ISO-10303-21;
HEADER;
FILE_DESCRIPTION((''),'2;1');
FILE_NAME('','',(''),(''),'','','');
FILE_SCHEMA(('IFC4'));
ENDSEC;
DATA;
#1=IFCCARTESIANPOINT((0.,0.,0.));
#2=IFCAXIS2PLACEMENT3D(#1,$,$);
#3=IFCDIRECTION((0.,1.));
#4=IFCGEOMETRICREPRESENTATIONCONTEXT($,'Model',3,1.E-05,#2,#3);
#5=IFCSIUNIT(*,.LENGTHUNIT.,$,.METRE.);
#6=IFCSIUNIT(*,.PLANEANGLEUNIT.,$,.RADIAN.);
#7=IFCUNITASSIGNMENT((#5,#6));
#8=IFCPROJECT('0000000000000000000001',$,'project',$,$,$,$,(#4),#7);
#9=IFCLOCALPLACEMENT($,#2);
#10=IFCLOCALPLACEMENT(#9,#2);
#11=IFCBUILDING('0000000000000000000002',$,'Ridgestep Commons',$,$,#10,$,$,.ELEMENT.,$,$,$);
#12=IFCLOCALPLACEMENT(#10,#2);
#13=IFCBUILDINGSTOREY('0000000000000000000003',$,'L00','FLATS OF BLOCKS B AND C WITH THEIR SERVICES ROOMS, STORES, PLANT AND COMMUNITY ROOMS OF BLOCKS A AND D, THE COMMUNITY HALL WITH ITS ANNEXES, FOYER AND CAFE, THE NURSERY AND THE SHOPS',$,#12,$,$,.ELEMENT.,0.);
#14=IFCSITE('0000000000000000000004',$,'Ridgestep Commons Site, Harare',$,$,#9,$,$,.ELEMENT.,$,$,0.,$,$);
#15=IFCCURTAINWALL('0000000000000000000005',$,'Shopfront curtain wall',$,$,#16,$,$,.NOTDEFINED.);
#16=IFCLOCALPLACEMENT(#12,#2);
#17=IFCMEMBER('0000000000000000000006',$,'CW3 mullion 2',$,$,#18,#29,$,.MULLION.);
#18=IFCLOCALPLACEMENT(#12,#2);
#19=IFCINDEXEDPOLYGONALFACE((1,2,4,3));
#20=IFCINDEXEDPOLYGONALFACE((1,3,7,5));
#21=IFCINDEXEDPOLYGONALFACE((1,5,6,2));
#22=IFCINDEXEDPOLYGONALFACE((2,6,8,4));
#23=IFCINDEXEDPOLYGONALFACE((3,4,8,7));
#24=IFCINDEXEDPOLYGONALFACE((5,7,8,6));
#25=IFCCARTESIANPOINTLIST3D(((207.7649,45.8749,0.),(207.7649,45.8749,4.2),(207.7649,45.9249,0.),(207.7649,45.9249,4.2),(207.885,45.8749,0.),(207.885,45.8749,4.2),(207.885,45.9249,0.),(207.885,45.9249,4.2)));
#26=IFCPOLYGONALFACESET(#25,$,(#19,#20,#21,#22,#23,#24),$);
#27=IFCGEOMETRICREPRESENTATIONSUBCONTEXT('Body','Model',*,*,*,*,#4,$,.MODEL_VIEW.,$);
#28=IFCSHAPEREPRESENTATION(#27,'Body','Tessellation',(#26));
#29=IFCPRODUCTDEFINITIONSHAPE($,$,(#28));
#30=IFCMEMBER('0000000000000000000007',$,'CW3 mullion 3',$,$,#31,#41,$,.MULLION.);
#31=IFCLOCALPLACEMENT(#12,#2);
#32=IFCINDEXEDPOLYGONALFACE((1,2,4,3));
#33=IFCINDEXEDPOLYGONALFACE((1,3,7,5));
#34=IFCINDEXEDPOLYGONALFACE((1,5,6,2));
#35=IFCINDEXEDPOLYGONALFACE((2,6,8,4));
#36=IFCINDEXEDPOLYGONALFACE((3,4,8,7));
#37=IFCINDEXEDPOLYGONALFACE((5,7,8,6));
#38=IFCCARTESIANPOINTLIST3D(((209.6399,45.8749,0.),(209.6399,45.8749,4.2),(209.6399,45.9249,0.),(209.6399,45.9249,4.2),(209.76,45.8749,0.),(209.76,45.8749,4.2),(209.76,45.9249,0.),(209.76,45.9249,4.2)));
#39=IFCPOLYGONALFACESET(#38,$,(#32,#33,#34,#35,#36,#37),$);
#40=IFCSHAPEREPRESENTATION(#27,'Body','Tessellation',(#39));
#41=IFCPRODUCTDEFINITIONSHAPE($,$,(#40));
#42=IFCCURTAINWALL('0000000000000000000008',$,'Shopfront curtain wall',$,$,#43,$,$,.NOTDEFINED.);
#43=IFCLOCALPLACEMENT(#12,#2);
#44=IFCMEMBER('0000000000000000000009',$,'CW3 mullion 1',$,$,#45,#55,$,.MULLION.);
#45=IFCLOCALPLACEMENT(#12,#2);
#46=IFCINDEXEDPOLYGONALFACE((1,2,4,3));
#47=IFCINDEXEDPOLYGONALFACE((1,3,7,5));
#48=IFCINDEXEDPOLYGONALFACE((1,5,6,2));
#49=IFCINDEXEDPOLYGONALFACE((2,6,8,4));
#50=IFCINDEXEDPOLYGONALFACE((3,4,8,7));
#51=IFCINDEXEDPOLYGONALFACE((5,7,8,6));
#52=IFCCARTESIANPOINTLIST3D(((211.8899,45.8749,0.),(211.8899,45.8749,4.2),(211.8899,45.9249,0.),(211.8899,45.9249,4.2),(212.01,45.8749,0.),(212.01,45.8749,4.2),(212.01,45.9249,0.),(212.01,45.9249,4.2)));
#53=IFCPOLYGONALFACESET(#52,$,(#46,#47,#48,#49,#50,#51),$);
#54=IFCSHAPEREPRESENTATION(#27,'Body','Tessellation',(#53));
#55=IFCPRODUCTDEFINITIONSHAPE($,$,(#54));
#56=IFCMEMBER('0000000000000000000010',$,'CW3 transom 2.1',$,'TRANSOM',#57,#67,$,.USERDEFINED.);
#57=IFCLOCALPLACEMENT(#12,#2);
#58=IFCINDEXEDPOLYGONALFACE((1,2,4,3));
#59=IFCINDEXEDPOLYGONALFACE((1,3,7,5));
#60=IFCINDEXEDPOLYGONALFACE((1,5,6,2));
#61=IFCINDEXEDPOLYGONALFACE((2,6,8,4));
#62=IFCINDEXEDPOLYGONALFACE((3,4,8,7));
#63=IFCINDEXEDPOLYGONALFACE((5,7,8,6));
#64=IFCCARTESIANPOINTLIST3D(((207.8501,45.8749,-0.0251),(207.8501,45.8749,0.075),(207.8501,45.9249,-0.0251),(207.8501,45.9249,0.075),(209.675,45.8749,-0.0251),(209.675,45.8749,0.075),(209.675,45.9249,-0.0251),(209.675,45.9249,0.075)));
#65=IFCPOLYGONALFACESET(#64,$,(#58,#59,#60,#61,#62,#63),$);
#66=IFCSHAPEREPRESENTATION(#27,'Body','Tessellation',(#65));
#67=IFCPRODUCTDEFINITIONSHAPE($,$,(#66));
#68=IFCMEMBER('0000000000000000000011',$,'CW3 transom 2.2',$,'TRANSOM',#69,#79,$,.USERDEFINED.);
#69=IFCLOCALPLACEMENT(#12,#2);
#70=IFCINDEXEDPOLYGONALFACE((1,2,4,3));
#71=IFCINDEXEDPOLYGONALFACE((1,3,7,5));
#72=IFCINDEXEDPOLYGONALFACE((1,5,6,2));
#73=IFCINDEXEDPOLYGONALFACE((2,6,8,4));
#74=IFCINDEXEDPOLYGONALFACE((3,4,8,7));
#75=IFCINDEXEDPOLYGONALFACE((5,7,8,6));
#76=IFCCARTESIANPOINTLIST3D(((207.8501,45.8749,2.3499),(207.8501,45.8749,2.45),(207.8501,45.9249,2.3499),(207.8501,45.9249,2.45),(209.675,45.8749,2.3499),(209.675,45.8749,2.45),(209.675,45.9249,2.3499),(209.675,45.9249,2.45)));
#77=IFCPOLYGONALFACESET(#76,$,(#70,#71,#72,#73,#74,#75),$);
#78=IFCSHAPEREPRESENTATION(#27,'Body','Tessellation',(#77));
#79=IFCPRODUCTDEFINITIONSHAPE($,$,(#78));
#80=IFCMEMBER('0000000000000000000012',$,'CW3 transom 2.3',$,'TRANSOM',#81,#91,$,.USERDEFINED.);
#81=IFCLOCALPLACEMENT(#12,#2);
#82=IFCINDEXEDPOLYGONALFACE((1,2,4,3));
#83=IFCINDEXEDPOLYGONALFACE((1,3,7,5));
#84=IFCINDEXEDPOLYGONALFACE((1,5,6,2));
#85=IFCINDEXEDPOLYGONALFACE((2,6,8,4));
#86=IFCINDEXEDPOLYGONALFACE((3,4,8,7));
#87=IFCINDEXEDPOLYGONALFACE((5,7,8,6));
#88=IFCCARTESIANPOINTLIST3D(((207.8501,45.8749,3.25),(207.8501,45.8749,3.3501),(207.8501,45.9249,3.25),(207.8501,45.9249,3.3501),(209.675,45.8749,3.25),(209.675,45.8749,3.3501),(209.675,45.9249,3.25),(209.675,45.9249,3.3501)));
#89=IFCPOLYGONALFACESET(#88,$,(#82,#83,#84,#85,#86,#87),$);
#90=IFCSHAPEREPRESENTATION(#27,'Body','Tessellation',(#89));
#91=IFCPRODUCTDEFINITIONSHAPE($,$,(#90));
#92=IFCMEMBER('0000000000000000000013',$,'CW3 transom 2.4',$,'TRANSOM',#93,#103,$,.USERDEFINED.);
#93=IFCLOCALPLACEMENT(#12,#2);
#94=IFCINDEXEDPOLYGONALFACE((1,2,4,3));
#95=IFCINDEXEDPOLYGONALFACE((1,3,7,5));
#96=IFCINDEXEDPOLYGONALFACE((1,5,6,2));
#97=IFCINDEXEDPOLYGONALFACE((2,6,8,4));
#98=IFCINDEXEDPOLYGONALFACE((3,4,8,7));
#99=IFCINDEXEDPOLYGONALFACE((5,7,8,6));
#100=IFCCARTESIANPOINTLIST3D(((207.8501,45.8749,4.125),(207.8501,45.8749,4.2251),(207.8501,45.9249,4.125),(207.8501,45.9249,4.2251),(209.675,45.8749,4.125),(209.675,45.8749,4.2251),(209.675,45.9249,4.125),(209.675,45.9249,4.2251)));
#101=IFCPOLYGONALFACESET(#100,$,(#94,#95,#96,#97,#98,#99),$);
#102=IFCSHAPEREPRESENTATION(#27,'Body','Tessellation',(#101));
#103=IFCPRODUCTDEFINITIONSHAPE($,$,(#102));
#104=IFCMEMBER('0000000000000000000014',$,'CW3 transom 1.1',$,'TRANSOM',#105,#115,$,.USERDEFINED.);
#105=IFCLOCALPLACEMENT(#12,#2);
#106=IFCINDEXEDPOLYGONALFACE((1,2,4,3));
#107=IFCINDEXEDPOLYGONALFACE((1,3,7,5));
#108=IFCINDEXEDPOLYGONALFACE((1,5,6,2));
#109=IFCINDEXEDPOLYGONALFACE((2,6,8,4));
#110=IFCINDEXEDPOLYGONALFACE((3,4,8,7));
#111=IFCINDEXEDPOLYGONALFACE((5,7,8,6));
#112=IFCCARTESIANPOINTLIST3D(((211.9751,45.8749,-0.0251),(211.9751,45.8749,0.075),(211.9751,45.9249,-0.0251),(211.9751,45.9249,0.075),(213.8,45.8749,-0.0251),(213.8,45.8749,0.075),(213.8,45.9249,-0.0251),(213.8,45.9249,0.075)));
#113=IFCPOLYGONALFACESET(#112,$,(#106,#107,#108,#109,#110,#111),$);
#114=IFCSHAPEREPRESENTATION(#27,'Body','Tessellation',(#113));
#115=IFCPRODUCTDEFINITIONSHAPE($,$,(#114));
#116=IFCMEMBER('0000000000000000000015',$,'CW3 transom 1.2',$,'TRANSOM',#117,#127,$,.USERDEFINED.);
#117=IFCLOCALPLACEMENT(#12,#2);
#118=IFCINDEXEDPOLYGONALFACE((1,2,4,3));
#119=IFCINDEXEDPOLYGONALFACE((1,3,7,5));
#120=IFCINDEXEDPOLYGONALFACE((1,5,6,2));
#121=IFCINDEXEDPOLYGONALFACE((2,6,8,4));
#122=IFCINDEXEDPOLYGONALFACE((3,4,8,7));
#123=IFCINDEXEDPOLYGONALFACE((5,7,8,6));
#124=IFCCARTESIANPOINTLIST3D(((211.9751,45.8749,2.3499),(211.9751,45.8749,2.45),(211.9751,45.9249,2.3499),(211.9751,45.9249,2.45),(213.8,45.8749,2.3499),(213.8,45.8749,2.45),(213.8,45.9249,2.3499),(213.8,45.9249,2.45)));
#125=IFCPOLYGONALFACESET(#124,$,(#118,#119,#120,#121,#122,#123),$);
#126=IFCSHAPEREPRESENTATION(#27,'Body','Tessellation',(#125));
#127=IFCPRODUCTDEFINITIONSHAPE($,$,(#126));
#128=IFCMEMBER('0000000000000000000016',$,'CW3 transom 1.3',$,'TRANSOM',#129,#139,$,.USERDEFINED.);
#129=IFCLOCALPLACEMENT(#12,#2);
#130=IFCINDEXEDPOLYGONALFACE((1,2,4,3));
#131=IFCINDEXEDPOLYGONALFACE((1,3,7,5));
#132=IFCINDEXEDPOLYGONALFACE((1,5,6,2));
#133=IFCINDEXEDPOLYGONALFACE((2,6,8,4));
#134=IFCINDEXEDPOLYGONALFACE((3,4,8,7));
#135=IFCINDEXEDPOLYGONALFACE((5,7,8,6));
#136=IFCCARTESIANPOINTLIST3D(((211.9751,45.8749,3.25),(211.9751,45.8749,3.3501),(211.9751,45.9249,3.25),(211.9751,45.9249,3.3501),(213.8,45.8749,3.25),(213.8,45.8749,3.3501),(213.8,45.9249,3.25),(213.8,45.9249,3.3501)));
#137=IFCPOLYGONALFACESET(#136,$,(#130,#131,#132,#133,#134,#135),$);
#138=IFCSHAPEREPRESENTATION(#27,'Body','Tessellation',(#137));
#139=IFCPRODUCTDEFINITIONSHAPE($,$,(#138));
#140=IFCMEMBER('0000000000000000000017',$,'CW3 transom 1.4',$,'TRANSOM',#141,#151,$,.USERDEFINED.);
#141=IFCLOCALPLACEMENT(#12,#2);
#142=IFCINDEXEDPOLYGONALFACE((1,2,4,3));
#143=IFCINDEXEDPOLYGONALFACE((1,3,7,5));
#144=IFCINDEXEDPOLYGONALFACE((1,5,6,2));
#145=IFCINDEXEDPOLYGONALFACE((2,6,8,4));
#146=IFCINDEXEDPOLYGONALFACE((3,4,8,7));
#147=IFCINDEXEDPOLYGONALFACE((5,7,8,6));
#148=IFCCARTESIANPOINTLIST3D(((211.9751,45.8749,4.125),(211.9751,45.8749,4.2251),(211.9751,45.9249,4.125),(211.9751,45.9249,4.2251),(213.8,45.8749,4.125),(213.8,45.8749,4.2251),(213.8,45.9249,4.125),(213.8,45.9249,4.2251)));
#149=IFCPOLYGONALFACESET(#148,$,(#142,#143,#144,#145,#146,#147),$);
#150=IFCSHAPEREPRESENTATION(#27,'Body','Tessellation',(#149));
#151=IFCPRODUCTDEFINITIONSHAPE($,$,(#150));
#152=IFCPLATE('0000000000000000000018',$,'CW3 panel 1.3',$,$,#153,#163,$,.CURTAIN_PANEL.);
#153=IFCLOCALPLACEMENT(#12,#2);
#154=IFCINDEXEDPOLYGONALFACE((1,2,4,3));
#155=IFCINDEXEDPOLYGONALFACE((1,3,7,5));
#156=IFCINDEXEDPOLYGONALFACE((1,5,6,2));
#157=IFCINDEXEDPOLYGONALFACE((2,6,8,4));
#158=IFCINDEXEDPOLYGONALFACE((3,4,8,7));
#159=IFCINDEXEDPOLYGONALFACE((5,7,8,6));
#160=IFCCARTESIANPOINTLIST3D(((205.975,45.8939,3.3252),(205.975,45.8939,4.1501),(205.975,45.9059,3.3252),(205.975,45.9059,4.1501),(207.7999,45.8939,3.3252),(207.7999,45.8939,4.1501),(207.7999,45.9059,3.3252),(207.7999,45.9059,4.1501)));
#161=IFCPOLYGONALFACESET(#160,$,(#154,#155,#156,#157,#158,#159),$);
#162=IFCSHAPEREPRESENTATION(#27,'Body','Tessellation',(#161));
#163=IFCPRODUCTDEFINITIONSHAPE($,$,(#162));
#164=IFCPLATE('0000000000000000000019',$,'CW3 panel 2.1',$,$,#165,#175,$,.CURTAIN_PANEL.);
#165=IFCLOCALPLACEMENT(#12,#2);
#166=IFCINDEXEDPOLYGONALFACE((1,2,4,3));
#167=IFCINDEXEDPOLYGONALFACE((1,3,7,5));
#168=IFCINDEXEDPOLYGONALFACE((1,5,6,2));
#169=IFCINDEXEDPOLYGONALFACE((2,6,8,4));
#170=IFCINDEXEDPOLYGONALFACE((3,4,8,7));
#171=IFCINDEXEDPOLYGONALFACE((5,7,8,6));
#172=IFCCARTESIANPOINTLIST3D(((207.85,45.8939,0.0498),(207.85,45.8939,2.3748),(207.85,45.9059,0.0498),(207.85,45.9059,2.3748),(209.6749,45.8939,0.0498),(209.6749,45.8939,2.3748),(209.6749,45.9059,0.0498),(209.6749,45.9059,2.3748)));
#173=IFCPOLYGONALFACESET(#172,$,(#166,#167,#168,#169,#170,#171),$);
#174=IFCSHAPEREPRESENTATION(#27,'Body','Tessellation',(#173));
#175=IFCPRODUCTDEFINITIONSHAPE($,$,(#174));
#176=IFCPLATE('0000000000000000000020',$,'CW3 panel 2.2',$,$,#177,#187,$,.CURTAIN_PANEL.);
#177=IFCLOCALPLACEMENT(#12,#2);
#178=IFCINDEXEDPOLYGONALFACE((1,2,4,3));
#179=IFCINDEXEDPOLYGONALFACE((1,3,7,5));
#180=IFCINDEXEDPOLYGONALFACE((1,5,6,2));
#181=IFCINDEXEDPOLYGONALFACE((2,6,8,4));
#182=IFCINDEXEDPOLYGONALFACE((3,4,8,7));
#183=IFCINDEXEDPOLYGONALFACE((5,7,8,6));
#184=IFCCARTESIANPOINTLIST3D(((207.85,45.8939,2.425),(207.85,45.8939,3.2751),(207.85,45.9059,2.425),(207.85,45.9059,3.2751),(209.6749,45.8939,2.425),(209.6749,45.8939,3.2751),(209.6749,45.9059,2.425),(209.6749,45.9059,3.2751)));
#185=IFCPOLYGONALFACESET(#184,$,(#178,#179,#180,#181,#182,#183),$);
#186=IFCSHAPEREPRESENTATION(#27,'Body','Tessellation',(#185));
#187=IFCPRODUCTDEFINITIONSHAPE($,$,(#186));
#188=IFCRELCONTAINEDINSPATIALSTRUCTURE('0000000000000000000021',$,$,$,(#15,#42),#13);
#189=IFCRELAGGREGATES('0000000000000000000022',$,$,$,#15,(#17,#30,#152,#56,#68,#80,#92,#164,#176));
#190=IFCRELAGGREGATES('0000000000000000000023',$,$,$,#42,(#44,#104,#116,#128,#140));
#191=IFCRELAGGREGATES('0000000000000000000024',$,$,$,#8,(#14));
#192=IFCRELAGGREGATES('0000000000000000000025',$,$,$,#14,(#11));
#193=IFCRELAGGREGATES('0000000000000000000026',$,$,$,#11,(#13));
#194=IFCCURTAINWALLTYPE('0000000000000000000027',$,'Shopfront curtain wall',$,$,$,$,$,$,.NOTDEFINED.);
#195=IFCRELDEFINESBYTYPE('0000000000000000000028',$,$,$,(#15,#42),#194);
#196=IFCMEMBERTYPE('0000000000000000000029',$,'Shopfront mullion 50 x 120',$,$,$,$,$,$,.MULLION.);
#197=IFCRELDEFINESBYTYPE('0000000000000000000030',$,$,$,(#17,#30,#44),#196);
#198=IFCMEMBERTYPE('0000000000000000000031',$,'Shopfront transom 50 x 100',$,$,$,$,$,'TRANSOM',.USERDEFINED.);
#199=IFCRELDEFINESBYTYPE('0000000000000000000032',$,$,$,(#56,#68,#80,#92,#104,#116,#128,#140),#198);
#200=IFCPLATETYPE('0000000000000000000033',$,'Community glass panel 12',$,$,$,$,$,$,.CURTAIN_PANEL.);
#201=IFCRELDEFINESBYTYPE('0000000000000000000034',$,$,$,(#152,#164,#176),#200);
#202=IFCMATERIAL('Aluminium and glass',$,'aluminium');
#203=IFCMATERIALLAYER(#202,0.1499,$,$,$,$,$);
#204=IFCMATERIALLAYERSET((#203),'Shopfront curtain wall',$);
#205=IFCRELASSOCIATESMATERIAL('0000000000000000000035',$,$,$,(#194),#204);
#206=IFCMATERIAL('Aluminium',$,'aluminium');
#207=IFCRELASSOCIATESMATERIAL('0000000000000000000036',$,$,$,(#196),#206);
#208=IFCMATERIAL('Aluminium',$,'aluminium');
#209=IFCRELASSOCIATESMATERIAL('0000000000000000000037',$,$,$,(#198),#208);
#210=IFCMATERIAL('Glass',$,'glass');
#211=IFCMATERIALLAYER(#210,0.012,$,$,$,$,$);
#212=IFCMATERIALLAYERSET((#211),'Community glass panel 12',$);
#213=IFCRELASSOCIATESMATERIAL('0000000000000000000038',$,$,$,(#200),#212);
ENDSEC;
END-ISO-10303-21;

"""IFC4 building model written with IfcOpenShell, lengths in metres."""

from ifc_helpers import new_model, si_unit, direction, frame, origin, origin_2d, place, context, subcontext, project, spatial, rectangle, extrude, material, layer, layer_set, material_profile, profile_set, type_object, element, aggregate, save


model = new_model("IFC4")

# Units and contexts
model_context = context("Model", 3, precision=1e-05, world=origin(), true_north=direction((0.0, 1.0)))
body_context = subcontext(model_context, "Body", "Model", "MODEL_VIEW")
ifc_project = project(units=[si_unit("LENGTHUNIT", "METRE"), si_unit("PLANEANGLEUNIT", "RADIAN")], contexts=[model_context])

# Site, building, storey
site_placement = place(None, origin())
site = spatial("IfcSite", under=ifc_project, at=site_placement, Name="Ridgestep Commons Site, Harare", CompositionType="ELEMENT", RefElevation=0.0)
building_placement = place(site_placement, origin())
building = spatial("IfcBuilding", under=site, at=building_placement, Name="Ridgestep Commons", CompositionType="ELEMENT")
storey_placement = place(building_placement, origin())
storey = spatial("IfcBuildingStorey", under=building, at=storey_placement, Name="L00", Description="FLATS OF BLOCKS B AND C WITH THEIR SERVICES ROOMS, STORES, PLANT AND COMMUNITY ROOMS OF BLOCKS A AND D, THE COMMUNITY HALL WITH ITS ANNEXES, FOYER AND CAFE, THE NURSERY AND THE SHOPS", CompositionType="ELEMENT", Elevation=0.0)

# Curtain wall, members
ifc_material_1 = material(Name="Aluminium and glass", Category="aluminium")
ifc_layer_1 = layer(ifc_material_1, 0.1499)
ifc_layer_set_1 = layer_set([ifc_layer_1], Name="Shopfront curtain wall")
curtain_wall_type = type_object("IfcCurtainWallType", Name="Shopfront curtain wall", PredefinedType="NOTDEFINED", material=ifc_layer_set_1)
curtain_wall_1_placement = place(storey_placement, origin())
curtain_wall_1 = element("IfcCurtainWall", 1, at=curtain_wall_1_placement, inside=storey, type_object=curtain_wall_type, Name="Shopfront curtain wall", PredefinedType="NOTDEFINED")
ifc_material_2 = material(Name="Aluminium", Category="aluminium")
ifc_material_profile_1 = material_profile(ifc_material_2, rectangle(XDim=0.05, YDim=0.1201, at=origin_2d()), Name="Shopfront mullion 50 x 120")
ifc_profile_set_1 = profile_set([ifc_material_profile_1], Name="Aluminium")
member_type_1 = type_object("IfcMemberType", Name="Shopfront mullion 50 x 120", PredefinedType="MULLION", material=ifc_profile_set_1)
member_1_placement = place(storey_placement, frame((207.825, 45.8999, 0.0), z_axis=(0.0, 0.0, 1.0), x_axis=(0.0, 1.0, 0.0)))
member_1 = element("IfcMember", 2, at=member_1_placement, type_object=member_type_1, Name="CW3 mullion 2", PredefinedType="MULLION", context=body_context, shape_type="SweptSolid", body=[
    extrude(rectangle(XDim=0.05, YDim=0.1201, at=origin_2d()), origin(), (0.0, 0.0, 1.0), 4.2),
])
member_2_placement = place(storey_placement, frame((209.7, 45.8999, 0.0), z_axis=(0.0, 0.0, 1.0), x_axis=(0.0, 1.0, 0.0)))
member_2 = element("IfcMember", 3, at=member_2_placement, type_object=member_type_1, Name="CW3 mullion 3", PredefinedType="MULLION", context=body_context, shape_type="SweptSolid", body=[
    extrude(rectangle(XDim=0.05, YDim=0.1201, at=origin_2d()), origin(), (0.0, 0.0, 1.0), 4.2),
])

# Curtain wall, member
curtain_wall_2_placement = place(storey_placement, origin())
curtain_wall_2 = element("IfcCurtainWall", 4, at=curtain_wall_2_placement, inside=storey, type_object=curtain_wall_type, Name="Shopfront curtain wall", PredefinedType="NOTDEFINED")
member_3_placement = place(storey_placement, frame((211.95, 45.8999, 0.0), z_axis=(0.0, 0.0, 1.0), x_axis=(0.0, 1.0, 0.0)))
member_3 = element("IfcMember", 5, at=member_3_placement, type_object=member_type_1, Name="CW3 mullion 1", PredefinedType="MULLION", context=body_context, shape_type="SweptSolid", body=[
    extrude(rectangle(XDim=0.05, YDim=0.1201, at=origin_2d()), origin(), (0.0, 0.0, 1.0), 4.2),
])

# Members
ifc_material_3 = material(Name="Aluminium", Category="aluminium")
ifc_material_profile_2 = material_profile(ifc_material_3, rectangle(XDim=0.05, YDim=0.1001, at=origin_2d()), Name="Shopfront transom 50 x 100")
ifc_profile_set_2 = profile_set([ifc_material_profile_2], Name="Aluminium")
member_type_2 = type_object("IfcMemberType", Name="Shopfront transom 50 x 100", ElementType="TRANSOM", PredefinedType="USERDEFINED", material=ifc_profile_set_2)
member_4_placement = place(storey_placement, frame((207.8501, 45.8999, 0.0249), z_axis=(1.0, 0.0, 0.0), x_axis=(0.0, 1.0, 0.0)))
member_4 = element("IfcMember", 6, at=member_4_placement, type_object=member_type_2, Name="CW3 transom 2.1", ObjectType="TRANSOM", PredefinedType="USERDEFINED", context=body_context, shape_type="SweptSolid", body=[
    extrude(rectangle(XDim=0.05, YDim=0.1001, at=origin_2d()), origin(), (0.0, 0.0, 1.0), 1.825),
])
member_5_placement = place(storey_placement, frame((207.8501, 45.8999, 2.3999), z_axis=(1.0, 0.0, 0.0), x_axis=(0.0, 1.0, 0.0)))
member_5 = element("IfcMember", 7, at=member_5_placement, type_object=member_type_2, Name="CW3 transom 2.2", ObjectType="TRANSOM", PredefinedType="USERDEFINED", context=body_context, shape_type="SweptSolid", body=[
    extrude(rectangle(XDim=0.05, YDim=0.1001, at=origin_2d()), origin(), (0.0, 0.0, 1.0), 1.825),
])
member_6_placement = place(storey_placement, frame((207.8501, 45.8999, 3.3), z_axis=(1.0, 0.0, 0.0), x_axis=(0.0, 1.0, 0.0)))
member_6 = element("IfcMember", 8, at=member_6_placement, type_object=member_type_2, Name="CW3 transom 2.3", ObjectType="TRANSOM", PredefinedType="USERDEFINED", context=body_context, shape_type="SweptSolid", body=[
    extrude(rectangle(XDim=0.05, YDim=0.1001, at=origin_2d()), origin(), (0.0, 0.0, 1.0), 1.825),
])
member_7_placement = place(storey_placement, frame((207.8501, 45.8999, 4.175), z_axis=(1.0, 0.0, 0.0), x_axis=(0.0, 1.0, 0.0)))
member_7 = element("IfcMember", 9, at=member_7_placement, type_object=member_type_2, Name="CW3 transom 2.4", ObjectType="TRANSOM", PredefinedType="USERDEFINED", context=body_context, shape_type="SweptSolid", body=[
    extrude(rectangle(XDim=0.05, YDim=0.1001, at=origin_2d()), origin(), (0.0, 0.0, 1.0), 1.825),
])
member_8_placement = place(storey_placement, frame((211.9751, 45.8999, 0.0249), z_axis=(1.0, 0.0, 0.0), x_axis=(0.0, 1.0, 0.0)))
member_8 = element("IfcMember", 10, at=member_8_placement, type_object=member_type_2, Name="CW3 transom 1.1", ObjectType="TRANSOM", PredefinedType="USERDEFINED", context=body_context, shape_type="SweptSolid", body=[
    extrude(rectangle(XDim=0.05, YDim=0.1001, at=origin_2d()), origin(), (0.0, 0.0, 1.0), 1.825),
])
member_9_placement = place(storey_placement, frame((211.9751, 45.8999, 2.3999), z_axis=(1.0, 0.0, 0.0), x_axis=(0.0, 1.0, 0.0)))
member_9 = element("IfcMember", 11, at=member_9_placement, type_object=member_type_2, Name="CW3 transom 1.2", ObjectType="TRANSOM", PredefinedType="USERDEFINED", context=body_context, shape_type="SweptSolid", body=[
    extrude(rectangle(XDim=0.05, YDim=0.1001, at=origin_2d()), origin(), (0.0, 0.0, 1.0), 1.825),
])
member_10_placement = place(storey_placement, frame((211.9751, 45.8999, 3.3), z_axis=(1.0, 0.0, 0.0), x_axis=(0.0, 1.0, 0.0)))
member_10 = element("IfcMember", 12, at=member_10_placement, type_object=member_type_2, Name="CW3 transom 1.3", ObjectType="TRANSOM", PredefinedType="USERDEFINED", context=body_context, shape_type="SweptSolid", body=[
    extrude(rectangle(XDim=0.05, YDim=0.1001, at=origin_2d()), origin(), (0.0, 0.0, 1.0), 1.825),
])
member_11_placement = place(storey_placement, frame((211.9751, 45.8999, 4.175), z_axis=(1.0, 0.0, 0.0), x_axis=(0.0, 1.0, 0.0)))
member_11 = element("IfcMember", 13, at=member_11_placement, type_object=member_type_2, Name="CW3 transom 1.4", ObjectType="TRANSOM", PredefinedType="USERDEFINED", context=body_context, shape_type="SweptSolid", body=[
    extrude(rectangle(XDim=0.05, YDim=0.1001, at=origin_2d()), origin(), (0.0, 0.0, 1.0), 1.825),
])

# Plates
ifc_material_4 = material(Name="Glass", Category="glass")
ifc_layer_2 = layer(ifc_material_4, 0.012)
ifc_layer_set_2 = layer_set([ifc_layer_2], Name="Community glass panel 12")
plate_type = type_object("IfcPlateType", Name="Community glass panel 12", PredefinedType="CURTAIN_PANEL", material=ifc_layer_set_2)
plate_1_placement = place(storey_placement, frame((206.8875, 45.8999, 3.3252), z_axis=(0.0, 0.0, 1.0), x_axis=(1.0, 0.0, 0.0)))
plate_1 = element("IfcPlate", 14, at=plate_1_placement, type_object=plate_type, Name="CW3 panel 1.3", PredefinedType="CURTAIN_PANEL", context=body_context, shape_type="SweptSolid", body=[
    extrude(rectangle(XDim=1.825, YDim=0.012, at=origin_2d()), origin(), (0.0, 0.0, 1.0), 0.825),
])
plate_2_placement = place(storey_placement, frame((208.7625, 45.8999, 0.0498), z_axis=(0.0, 0.0, 1.0), x_axis=(1.0, 0.0, 0.0)))
plate_2 = element("IfcPlate", 15, at=plate_2_placement, type_object=plate_type, Name="CW3 panel 2.1", PredefinedType="CURTAIN_PANEL", context=body_context, shape_type="SweptSolid", body=[
    extrude(rectangle(XDim=1.825, YDim=0.012, at=origin_2d()), origin(), (0.0, 0.0, 1.0), 2.325),
])
plate_3_placement = place(storey_placement, frame((208.7625, 45.8999, 2.425), z_axis=(0.0, 0.0, 1.0), x_axis=(1.0, 0.0, 0.0)))
plate_3 = element("IfcPlate", 16, at=plate_3_placement, type_object=plate_type, Name="CW3 panel 2.2", PredefinedType="CURTAIN_PANEL", context=body_context, shape_type="SweptSolid", body=[
    extrude(rectangle(XDim=1.825, YDim=0.012, at=origin_2d()), origin(), (0.0, 0.0, 1.0), 0.8501),
])
aggregate(curtain_wall_1, [member_1, member_2, plate_1, member_4, member_5, member_6, member_7, plate_2, plate_3])
aggregate(curtain_wall_2, [member_3, member_8, member_9, member_10, member_11])

save(model, "model.ifc")
